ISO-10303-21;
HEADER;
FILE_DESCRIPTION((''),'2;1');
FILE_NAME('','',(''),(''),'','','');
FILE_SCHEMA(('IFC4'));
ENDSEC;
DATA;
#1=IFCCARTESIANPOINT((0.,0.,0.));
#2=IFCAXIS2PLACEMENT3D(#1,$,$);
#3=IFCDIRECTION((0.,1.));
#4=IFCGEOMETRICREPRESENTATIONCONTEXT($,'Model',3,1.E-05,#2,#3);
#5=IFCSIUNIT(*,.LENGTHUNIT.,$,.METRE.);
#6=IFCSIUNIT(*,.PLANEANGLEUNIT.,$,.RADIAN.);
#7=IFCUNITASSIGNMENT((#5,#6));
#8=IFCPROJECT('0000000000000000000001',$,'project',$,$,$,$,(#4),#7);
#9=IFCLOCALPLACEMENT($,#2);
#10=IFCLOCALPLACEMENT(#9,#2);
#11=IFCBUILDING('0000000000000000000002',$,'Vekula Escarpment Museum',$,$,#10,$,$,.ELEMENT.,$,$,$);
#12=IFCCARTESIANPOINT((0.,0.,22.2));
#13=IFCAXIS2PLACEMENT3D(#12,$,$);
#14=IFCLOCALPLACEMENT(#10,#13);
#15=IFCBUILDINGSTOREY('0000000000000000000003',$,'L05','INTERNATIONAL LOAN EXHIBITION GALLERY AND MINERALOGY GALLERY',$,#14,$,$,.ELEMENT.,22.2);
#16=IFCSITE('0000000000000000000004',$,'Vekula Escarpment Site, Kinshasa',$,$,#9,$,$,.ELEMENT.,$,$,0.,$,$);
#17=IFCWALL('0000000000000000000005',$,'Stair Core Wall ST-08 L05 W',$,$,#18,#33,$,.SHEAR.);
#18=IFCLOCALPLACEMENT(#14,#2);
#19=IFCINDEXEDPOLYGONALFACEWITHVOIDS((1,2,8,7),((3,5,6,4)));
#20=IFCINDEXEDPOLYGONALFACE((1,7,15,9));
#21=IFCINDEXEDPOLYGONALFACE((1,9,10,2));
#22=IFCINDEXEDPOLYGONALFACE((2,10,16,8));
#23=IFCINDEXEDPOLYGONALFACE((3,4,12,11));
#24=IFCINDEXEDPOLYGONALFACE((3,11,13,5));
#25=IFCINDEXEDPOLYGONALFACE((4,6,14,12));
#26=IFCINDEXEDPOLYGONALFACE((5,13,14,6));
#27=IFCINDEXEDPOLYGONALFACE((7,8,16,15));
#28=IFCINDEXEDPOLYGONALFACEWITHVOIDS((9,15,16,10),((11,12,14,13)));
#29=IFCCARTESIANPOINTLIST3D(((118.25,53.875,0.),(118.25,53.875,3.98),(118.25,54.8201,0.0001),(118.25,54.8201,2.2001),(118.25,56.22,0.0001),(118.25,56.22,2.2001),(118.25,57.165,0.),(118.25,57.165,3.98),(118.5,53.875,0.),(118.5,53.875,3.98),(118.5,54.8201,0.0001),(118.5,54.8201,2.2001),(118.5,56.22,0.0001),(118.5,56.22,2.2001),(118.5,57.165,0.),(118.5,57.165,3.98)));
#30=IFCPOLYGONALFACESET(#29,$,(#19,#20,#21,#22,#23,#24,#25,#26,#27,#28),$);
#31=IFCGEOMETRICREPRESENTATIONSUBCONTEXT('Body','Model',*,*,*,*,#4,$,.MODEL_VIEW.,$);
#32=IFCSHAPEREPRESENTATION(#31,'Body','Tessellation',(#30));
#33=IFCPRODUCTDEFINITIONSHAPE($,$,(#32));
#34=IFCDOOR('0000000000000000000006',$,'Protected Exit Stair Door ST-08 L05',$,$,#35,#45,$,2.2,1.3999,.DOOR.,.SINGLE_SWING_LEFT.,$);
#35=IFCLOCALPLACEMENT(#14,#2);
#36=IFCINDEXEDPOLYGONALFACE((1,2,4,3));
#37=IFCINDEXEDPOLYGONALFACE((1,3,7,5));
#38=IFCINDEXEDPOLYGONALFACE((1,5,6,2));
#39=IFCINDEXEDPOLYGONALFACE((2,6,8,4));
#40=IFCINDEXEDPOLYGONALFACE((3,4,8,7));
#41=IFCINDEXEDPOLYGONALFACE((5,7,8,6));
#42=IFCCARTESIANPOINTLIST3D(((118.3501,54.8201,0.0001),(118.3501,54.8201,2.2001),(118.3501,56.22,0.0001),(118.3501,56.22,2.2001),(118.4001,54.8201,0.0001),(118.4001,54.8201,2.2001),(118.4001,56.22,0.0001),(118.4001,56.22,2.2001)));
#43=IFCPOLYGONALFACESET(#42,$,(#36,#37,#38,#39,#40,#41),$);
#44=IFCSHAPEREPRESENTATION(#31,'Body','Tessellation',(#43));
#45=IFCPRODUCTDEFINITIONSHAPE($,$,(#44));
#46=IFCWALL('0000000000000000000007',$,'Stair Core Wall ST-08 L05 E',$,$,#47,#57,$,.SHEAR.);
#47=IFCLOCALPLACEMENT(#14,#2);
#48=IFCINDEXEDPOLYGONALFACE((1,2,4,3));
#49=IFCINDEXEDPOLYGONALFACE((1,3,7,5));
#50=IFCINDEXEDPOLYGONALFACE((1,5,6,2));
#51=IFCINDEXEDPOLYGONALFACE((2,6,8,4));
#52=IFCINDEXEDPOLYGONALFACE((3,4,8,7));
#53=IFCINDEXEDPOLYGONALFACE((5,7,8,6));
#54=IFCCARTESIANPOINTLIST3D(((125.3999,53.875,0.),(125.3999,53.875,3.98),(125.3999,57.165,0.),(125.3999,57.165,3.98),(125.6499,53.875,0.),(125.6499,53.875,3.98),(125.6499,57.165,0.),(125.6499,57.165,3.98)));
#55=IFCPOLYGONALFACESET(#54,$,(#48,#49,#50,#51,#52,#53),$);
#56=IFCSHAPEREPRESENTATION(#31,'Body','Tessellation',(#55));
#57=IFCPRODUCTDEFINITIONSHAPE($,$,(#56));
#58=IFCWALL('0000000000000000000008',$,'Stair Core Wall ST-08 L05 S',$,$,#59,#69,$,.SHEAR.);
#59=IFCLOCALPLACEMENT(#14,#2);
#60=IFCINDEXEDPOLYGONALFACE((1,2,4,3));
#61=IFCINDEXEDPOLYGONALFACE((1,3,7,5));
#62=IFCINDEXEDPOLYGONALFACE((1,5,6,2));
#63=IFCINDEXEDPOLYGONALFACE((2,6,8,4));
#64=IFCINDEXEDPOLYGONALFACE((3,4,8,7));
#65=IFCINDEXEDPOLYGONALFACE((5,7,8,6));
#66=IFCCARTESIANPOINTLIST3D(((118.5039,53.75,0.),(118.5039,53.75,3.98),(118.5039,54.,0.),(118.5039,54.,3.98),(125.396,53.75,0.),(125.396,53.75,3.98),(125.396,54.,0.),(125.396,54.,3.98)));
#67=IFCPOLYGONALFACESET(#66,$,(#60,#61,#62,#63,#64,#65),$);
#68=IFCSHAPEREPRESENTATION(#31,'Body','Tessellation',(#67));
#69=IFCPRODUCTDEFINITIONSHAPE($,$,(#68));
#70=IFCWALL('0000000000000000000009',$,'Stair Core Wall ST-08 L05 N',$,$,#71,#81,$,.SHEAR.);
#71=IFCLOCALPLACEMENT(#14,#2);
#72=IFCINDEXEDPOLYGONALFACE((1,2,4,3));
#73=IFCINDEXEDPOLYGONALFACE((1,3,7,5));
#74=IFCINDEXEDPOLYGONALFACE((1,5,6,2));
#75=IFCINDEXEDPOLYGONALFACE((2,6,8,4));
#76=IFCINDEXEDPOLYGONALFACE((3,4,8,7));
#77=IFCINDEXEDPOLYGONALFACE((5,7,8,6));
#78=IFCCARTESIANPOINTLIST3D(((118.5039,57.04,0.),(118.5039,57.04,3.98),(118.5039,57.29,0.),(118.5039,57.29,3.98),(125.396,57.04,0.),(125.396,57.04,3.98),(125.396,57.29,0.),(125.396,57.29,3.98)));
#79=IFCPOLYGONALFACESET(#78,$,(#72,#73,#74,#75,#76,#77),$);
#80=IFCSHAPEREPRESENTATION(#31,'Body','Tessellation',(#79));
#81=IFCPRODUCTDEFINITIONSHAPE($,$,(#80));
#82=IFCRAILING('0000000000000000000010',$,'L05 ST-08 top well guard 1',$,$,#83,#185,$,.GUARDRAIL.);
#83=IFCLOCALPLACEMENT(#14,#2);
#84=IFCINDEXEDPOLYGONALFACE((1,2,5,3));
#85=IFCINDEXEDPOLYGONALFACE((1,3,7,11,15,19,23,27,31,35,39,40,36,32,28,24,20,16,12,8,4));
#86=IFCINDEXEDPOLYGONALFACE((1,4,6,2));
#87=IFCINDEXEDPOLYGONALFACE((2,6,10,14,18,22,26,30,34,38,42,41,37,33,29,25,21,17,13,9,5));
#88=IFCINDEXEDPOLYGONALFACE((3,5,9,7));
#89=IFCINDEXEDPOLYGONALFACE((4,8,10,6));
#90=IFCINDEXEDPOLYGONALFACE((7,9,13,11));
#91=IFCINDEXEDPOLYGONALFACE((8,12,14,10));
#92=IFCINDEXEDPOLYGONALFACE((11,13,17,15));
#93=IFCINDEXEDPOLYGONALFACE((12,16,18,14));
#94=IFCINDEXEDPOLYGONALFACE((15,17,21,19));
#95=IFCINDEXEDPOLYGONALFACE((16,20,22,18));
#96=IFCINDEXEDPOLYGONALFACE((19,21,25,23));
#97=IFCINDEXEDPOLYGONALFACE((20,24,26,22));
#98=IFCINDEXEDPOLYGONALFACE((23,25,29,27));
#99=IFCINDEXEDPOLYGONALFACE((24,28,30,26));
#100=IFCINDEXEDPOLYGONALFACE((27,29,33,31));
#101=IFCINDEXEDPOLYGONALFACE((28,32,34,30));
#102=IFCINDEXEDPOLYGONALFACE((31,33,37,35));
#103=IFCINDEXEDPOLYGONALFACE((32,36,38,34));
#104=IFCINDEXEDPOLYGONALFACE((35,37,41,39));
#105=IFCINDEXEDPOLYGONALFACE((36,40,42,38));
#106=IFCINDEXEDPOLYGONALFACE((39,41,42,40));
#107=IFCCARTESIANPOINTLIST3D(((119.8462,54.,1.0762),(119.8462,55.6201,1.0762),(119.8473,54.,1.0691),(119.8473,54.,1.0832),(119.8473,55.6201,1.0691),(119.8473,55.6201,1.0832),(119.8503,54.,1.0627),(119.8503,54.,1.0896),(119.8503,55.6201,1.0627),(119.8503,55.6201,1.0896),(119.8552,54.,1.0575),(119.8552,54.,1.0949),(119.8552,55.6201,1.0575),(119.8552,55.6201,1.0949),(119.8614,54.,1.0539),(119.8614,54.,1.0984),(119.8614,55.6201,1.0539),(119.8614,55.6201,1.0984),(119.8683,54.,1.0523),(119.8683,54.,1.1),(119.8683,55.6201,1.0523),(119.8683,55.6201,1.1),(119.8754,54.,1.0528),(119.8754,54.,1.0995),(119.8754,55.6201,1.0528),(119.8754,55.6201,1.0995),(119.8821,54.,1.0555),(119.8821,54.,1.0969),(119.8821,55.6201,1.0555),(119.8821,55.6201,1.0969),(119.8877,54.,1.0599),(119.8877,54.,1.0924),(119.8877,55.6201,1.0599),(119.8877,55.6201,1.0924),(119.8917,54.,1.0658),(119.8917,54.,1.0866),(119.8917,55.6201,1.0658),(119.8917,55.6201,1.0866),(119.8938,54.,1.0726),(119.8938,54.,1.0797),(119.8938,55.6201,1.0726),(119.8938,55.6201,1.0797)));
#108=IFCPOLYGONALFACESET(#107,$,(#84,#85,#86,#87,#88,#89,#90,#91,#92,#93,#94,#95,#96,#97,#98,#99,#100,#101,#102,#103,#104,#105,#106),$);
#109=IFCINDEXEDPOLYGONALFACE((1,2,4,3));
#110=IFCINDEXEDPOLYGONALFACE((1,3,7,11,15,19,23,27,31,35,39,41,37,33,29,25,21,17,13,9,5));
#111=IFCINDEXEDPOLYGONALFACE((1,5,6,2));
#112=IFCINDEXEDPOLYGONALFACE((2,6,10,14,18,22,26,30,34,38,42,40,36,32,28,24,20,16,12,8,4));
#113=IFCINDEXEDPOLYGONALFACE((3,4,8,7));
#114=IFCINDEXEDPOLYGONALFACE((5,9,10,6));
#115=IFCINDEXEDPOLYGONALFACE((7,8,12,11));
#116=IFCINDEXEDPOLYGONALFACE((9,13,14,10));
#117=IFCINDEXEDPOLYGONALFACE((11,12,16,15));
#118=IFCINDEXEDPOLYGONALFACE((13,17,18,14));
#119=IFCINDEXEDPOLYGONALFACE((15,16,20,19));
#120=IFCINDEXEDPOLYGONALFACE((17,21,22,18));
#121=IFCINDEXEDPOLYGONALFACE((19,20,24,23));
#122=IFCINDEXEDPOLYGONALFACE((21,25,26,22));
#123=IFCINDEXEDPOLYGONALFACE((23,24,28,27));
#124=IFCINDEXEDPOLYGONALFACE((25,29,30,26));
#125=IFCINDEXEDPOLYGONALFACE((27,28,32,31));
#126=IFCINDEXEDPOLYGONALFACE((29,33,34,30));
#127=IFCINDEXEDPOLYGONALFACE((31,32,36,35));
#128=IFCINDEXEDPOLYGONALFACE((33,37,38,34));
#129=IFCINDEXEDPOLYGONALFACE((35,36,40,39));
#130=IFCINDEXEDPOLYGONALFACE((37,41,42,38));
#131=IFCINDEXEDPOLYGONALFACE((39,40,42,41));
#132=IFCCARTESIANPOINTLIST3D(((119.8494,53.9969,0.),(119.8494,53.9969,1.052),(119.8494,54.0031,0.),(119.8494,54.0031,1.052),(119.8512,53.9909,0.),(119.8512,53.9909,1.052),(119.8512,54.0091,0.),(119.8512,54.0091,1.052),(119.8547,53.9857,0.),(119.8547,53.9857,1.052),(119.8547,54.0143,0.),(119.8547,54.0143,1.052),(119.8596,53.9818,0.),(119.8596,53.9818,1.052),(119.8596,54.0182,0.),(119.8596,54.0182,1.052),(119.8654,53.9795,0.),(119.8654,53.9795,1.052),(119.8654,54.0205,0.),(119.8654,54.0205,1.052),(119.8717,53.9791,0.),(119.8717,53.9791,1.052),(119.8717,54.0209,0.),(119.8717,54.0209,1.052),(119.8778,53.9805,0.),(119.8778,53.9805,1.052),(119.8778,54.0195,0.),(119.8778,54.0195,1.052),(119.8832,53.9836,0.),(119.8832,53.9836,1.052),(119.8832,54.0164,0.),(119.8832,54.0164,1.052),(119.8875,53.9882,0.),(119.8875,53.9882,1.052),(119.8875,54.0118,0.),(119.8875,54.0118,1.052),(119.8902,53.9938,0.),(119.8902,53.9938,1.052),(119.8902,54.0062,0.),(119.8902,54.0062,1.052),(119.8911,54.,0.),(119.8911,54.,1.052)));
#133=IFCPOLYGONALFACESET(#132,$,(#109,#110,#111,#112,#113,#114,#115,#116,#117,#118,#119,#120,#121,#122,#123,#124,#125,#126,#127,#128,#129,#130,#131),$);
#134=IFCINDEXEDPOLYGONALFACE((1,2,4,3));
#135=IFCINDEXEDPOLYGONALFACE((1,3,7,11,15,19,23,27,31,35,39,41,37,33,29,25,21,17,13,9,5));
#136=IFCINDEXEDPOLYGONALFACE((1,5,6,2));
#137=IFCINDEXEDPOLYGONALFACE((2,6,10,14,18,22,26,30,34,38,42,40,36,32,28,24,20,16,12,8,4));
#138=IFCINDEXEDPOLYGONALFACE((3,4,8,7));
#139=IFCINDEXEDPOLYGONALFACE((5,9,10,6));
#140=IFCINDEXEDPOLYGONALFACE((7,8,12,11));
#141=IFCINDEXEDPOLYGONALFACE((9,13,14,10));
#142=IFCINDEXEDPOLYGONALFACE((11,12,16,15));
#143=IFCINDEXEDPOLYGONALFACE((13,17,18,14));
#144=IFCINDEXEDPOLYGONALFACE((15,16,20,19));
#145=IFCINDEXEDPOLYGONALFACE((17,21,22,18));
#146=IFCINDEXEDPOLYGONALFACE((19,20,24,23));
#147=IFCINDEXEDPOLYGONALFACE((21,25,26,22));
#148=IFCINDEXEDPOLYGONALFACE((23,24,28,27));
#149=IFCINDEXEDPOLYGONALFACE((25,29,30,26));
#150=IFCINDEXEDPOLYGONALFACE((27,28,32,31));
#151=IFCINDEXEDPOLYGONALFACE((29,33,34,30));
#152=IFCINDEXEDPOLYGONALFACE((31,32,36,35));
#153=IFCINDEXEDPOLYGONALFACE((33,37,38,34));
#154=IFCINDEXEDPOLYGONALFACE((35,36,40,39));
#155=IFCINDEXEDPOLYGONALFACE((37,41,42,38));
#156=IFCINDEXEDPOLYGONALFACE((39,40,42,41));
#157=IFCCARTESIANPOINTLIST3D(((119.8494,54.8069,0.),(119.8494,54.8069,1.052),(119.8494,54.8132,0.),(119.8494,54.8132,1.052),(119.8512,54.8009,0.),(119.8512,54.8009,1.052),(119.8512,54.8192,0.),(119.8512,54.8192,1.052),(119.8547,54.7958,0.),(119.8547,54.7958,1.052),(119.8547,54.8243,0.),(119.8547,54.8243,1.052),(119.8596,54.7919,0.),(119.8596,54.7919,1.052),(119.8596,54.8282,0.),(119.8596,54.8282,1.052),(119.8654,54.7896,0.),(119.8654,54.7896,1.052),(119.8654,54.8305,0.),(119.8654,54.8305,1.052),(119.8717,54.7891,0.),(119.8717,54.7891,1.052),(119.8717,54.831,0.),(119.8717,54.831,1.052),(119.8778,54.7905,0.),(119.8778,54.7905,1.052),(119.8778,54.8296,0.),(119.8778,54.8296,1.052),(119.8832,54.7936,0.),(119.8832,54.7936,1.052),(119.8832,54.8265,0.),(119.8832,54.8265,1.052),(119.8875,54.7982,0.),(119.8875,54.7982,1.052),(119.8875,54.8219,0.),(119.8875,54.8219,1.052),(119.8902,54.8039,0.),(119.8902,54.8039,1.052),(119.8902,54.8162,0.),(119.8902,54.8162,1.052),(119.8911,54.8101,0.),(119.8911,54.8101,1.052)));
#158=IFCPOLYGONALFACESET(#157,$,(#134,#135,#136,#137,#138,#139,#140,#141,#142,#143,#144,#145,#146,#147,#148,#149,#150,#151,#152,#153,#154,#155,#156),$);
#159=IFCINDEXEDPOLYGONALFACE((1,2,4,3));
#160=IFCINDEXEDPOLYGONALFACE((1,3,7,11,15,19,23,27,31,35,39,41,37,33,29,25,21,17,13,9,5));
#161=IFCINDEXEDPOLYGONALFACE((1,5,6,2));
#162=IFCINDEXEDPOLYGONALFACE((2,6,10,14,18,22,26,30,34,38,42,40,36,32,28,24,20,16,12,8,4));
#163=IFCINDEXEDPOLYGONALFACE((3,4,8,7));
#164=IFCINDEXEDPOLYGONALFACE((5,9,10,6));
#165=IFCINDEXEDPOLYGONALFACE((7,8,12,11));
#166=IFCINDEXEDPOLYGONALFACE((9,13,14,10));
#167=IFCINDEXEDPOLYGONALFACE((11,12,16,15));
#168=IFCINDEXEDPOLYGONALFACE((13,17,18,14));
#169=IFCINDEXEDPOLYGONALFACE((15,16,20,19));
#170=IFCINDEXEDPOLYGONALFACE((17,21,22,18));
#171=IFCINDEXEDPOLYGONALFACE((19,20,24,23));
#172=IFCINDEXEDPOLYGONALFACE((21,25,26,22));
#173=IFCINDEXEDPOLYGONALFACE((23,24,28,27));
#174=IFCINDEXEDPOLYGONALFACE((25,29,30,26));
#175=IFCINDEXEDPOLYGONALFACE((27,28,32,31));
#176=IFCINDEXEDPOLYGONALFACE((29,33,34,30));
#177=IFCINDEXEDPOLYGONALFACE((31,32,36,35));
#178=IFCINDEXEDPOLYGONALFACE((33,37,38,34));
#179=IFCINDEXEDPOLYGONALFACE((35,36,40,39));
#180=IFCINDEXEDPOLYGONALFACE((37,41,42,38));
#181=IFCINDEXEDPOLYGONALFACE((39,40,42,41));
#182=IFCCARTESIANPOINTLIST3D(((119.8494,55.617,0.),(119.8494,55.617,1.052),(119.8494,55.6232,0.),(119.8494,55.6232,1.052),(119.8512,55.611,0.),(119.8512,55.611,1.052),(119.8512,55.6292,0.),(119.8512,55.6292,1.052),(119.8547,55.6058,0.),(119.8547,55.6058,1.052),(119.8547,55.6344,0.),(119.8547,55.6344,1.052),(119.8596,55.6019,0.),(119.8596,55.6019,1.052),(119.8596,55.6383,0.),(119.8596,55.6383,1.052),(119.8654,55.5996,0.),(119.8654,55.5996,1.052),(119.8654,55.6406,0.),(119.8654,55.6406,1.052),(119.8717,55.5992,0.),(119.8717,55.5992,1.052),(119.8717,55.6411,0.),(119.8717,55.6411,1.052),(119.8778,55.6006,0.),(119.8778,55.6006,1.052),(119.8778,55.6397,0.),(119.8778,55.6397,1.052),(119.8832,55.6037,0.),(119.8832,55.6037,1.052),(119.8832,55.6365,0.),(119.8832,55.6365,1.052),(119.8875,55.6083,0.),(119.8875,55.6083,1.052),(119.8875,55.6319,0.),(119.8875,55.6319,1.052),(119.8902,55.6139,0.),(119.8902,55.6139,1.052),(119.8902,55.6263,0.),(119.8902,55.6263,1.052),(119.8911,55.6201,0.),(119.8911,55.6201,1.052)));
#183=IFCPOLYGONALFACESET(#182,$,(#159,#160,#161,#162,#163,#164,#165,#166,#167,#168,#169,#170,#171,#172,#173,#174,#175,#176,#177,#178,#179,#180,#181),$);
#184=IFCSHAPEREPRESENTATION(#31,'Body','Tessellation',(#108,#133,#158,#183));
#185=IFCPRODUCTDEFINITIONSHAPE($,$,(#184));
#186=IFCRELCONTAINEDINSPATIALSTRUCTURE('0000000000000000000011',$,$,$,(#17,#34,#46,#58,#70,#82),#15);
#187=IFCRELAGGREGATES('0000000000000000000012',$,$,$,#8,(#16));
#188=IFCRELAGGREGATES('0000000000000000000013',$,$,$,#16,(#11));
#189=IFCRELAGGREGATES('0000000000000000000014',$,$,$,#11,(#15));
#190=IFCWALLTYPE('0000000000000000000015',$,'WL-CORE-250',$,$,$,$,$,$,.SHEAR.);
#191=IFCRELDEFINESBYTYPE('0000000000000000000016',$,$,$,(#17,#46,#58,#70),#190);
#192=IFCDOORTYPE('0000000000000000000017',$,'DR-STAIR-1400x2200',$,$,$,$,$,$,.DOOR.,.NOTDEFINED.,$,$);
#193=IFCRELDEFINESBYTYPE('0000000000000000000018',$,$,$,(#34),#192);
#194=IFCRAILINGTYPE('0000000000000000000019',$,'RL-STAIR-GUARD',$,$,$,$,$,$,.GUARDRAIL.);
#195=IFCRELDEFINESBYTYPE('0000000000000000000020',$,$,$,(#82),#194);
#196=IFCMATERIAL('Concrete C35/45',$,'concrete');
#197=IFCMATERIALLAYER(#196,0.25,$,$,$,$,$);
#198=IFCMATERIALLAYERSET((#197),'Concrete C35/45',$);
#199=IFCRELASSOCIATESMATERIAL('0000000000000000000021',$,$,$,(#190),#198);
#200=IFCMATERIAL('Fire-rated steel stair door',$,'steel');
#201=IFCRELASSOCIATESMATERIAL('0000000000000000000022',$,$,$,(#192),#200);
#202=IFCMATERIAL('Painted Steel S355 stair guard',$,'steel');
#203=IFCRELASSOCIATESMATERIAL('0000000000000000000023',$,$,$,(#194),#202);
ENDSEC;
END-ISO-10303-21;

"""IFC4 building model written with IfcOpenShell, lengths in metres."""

from ifc_helpers import new_model, si_unit, direction, frame, frame_2d, origin, origin_2d, place, context, subcontext, project, spatial, rectangle, circle, extrude, material, layer, layer_set, type_object, element, fill, save


model = new_model("IFC4")

# Units and contexts
model_context = context("Model", 3, precision=1e-05, world=origin(), true_north=direction((0.0, 1.0)))
body_context = subcontext(model_context, "Body", "Model", "MODEL_VIEW")
ifc_project = project(units=[si_unit("LENGTHUNIT", "METRE"), si_unit("PLANEANGLEUNIT", "RADIAN")], contexts=[model_context])

# Site, building, storey
site_placement = place(None, origin())
site = spatial("IfcSite", under=ifc_project, at=site_placement, Name="Vekula Escarpment Site, Kinshasa", CompositionType="ELEMENT", RefElevation=0.0)
building_placement = place(site_placement, origin())
building = spatial("IfcBuilding", under=site, at=building_placement, Name="Vekula Escarpment Museum", CompositionType="ELEMENT")
storey_placement = place(building_placement, frame((0.0, 0.0, 22.2)))
storey = spatial("IfcBuildingStorey", under=building, at=storey_placement, Name="L05", Description="INTERNATIONAL LOAN EXHIBITION GALLERY AND MINERALOGY GALLERY", CompositionType="ELEMENT", Elevation=22.2)

# Wall, opening, door
ifc_material_1 = material(Name="Concrete C35/45", Category="concrete")
ifc_layer_1 = layer(ifc_material_1, 0.25)
ifc_layer_set_1 = layer_set([ifc_layer_1], Name="Concrete C35/45")
wall_type = type_object("IfcWallType", Name="WL-CORE-250", PredefinedType="SHEAR", material=ifc_layer_set_1)
wall_1_placement = place(storey_placement, frame((118.375, 53.875, 0.0), z_axis=(0.0, 0.0, 1.0), x_axis=(0.0, 1.0, 0.0)))
wall_1 = element("IfcWall", 1, at=wall_1_placement, inside=storey, type_object=wall_type, Name="Stair Core Wall ST-08 L05 W", PredefinedType="SHEAR", context=body_context, shape_type="SweptSolid", body=[
    extrude(rectangle(XDim=3.29, YDim=0.25, at=frame_2d((1.645, 0.0))), origin(), (0.0, 0.0, 1.0), 3.98),
])
opening_placement = place(wall_1_placement, frame((0.9451, 0.0, 0.0)))
opening = element("IfcOpeningElement", 2, at=opening_placement, cuts=wall_1, PredefinedType="OPENING", context=body_context, shape_type="SweptSolid", body=[
    extrude(rectangle(XDim=1.3999, YDim=2.2, at=frame_2d((0.7, 1.1001))), frame((0.0, 0.135, 0.0), z_axis=(0.0, -1.0, 0.0), x_axis=(1.0, 0.0, 0.0)), (0.0, 0.0, 1.0), 0.27),
])
ifc_material_2 = material(Name="Fire-rated steel stair door", Category="steel")
door_type = type_object("IfcDoorType", Name="DR-STAIR-1400x2200", OperationType="NOTDEFINED", PredefinedType="DOOR", material=ifc_material_2)
door_placement = place(opening_placement, origin())
door = element("IfcDoor", 3, at=door_placement, inside=storey, type_object=door_type, Name="Protected Exit Stair Door ST-08 L05", OperationType="SINGLE_SWING_LEFT", OverallHeight=2.2, OverallWidth=1.3999, PredefinedType="DOOR", context=body_context, shape_type="SweptSolid", body=[
    extrude(rectangle(XDim=1.3999, YDim=2.2, at=frame_2d((0.7, 1.1001))), frame((0.0, 0.0249, 0.0), z_axis=(0.0, -1.0, 0.0), x_axis=(1.0, 0.0, 0.0)), (0.0, 0.0, 1.0), 0.05),
])
fill(opening, door)

# Walls
wall_2_placement = place(storey_placement, frame((125.5249, 53.875, 0.0), z_axis=(0.0, 0.0, 1.0), x_axis=(0.0, 1.0, 0.0)))
element("IfcWall", 4, at=wall_2_placement, inside=storey, type_object=wall_type, Name="Stair Core Wall ST-08 L05 E", PredefinedType="SHEAR", context=body_context, shape_type="SweptSolid", body=[
    extrude(rectangle(XDim=3.29, YDim=0.25, at=frame_2d((1.645, 0.0))), origin(), (0.0, 0.0, 1.0), 3.98),
])
for number, where, z_axis, x_axis, name in (
    (5, (118.5039, 53.875, 0.0), (0.0, 0.0, 1.0), (1.0, 0.0, 0.0), "Stair Core Wall ST-08 L05 S"),
    (6, (118.5039, 57.165, 0.0), (0.0, 0.0, 1.0), (1.0, 0.0, 0.0), "Stair Core Wall ST-08 L05 N"),
):
    element("IfcWall", number, at=place(storey_placement, frame(where, z_axis=z_axis, x_axis=x_axis)), inside=storey, type_object=wall_type, Name=name, PredefinedType="SHEAR", context=body_context, shape_type="SweptSolid", body=[
        extrude(rectangle(XDim=6.8921, YDim=0.25, at=frame_2d((3.446, 0.0))), origin(), (0.0, 0.0, 1.0), 3.98),
    ])

# Railing
ifc_material_3 = material(Name="Painted Steel S355 stair guard", Category="steel")
railing_type = type_object("IfcRailingType", Name="RL-STAIR-GUARD", PredefinedType="GUARDRAIL", material=ifc_material_3)
railing_placement = place(storey_placement, frame((119.8701, 54.0, 0.0)))
element("IfcRailing", 7, at=railing_placement, inside=storey, type_object=railing_type, Name="L05 ST-08 top well guard 1", PredefinedType="GUARDRAIL", context=body_context, shape_type="SweptSolid", body=[
    extrude(circle(Radius=0.0239, at=origin_2d()), frame((0.0, 0.0, 1.0762), z_axis=(0.0, 1.0, 0.0), x_axis=(-1.0, 0.0, 0.0)), (0.0, 0.0, 1.0), 1.6201),
    extrude(circle(Radius=0.021, at=origin_2d()), origin(), (0.0, 0.0, 1.0), 1.052),
    extrude(circle(Radius=0.021, at=origin_2d()), frame((0.0, 0.8101, 0.0)), (0.0, 0.0, 1.0), 1.052),
    extrude(circle(Radius=0.021, at=origin_2d()), frame((0.0, 1.6201, 0.0)), (0.0, 0.0, 1.0), 1.052),
])

save(model, "model.ifc")
